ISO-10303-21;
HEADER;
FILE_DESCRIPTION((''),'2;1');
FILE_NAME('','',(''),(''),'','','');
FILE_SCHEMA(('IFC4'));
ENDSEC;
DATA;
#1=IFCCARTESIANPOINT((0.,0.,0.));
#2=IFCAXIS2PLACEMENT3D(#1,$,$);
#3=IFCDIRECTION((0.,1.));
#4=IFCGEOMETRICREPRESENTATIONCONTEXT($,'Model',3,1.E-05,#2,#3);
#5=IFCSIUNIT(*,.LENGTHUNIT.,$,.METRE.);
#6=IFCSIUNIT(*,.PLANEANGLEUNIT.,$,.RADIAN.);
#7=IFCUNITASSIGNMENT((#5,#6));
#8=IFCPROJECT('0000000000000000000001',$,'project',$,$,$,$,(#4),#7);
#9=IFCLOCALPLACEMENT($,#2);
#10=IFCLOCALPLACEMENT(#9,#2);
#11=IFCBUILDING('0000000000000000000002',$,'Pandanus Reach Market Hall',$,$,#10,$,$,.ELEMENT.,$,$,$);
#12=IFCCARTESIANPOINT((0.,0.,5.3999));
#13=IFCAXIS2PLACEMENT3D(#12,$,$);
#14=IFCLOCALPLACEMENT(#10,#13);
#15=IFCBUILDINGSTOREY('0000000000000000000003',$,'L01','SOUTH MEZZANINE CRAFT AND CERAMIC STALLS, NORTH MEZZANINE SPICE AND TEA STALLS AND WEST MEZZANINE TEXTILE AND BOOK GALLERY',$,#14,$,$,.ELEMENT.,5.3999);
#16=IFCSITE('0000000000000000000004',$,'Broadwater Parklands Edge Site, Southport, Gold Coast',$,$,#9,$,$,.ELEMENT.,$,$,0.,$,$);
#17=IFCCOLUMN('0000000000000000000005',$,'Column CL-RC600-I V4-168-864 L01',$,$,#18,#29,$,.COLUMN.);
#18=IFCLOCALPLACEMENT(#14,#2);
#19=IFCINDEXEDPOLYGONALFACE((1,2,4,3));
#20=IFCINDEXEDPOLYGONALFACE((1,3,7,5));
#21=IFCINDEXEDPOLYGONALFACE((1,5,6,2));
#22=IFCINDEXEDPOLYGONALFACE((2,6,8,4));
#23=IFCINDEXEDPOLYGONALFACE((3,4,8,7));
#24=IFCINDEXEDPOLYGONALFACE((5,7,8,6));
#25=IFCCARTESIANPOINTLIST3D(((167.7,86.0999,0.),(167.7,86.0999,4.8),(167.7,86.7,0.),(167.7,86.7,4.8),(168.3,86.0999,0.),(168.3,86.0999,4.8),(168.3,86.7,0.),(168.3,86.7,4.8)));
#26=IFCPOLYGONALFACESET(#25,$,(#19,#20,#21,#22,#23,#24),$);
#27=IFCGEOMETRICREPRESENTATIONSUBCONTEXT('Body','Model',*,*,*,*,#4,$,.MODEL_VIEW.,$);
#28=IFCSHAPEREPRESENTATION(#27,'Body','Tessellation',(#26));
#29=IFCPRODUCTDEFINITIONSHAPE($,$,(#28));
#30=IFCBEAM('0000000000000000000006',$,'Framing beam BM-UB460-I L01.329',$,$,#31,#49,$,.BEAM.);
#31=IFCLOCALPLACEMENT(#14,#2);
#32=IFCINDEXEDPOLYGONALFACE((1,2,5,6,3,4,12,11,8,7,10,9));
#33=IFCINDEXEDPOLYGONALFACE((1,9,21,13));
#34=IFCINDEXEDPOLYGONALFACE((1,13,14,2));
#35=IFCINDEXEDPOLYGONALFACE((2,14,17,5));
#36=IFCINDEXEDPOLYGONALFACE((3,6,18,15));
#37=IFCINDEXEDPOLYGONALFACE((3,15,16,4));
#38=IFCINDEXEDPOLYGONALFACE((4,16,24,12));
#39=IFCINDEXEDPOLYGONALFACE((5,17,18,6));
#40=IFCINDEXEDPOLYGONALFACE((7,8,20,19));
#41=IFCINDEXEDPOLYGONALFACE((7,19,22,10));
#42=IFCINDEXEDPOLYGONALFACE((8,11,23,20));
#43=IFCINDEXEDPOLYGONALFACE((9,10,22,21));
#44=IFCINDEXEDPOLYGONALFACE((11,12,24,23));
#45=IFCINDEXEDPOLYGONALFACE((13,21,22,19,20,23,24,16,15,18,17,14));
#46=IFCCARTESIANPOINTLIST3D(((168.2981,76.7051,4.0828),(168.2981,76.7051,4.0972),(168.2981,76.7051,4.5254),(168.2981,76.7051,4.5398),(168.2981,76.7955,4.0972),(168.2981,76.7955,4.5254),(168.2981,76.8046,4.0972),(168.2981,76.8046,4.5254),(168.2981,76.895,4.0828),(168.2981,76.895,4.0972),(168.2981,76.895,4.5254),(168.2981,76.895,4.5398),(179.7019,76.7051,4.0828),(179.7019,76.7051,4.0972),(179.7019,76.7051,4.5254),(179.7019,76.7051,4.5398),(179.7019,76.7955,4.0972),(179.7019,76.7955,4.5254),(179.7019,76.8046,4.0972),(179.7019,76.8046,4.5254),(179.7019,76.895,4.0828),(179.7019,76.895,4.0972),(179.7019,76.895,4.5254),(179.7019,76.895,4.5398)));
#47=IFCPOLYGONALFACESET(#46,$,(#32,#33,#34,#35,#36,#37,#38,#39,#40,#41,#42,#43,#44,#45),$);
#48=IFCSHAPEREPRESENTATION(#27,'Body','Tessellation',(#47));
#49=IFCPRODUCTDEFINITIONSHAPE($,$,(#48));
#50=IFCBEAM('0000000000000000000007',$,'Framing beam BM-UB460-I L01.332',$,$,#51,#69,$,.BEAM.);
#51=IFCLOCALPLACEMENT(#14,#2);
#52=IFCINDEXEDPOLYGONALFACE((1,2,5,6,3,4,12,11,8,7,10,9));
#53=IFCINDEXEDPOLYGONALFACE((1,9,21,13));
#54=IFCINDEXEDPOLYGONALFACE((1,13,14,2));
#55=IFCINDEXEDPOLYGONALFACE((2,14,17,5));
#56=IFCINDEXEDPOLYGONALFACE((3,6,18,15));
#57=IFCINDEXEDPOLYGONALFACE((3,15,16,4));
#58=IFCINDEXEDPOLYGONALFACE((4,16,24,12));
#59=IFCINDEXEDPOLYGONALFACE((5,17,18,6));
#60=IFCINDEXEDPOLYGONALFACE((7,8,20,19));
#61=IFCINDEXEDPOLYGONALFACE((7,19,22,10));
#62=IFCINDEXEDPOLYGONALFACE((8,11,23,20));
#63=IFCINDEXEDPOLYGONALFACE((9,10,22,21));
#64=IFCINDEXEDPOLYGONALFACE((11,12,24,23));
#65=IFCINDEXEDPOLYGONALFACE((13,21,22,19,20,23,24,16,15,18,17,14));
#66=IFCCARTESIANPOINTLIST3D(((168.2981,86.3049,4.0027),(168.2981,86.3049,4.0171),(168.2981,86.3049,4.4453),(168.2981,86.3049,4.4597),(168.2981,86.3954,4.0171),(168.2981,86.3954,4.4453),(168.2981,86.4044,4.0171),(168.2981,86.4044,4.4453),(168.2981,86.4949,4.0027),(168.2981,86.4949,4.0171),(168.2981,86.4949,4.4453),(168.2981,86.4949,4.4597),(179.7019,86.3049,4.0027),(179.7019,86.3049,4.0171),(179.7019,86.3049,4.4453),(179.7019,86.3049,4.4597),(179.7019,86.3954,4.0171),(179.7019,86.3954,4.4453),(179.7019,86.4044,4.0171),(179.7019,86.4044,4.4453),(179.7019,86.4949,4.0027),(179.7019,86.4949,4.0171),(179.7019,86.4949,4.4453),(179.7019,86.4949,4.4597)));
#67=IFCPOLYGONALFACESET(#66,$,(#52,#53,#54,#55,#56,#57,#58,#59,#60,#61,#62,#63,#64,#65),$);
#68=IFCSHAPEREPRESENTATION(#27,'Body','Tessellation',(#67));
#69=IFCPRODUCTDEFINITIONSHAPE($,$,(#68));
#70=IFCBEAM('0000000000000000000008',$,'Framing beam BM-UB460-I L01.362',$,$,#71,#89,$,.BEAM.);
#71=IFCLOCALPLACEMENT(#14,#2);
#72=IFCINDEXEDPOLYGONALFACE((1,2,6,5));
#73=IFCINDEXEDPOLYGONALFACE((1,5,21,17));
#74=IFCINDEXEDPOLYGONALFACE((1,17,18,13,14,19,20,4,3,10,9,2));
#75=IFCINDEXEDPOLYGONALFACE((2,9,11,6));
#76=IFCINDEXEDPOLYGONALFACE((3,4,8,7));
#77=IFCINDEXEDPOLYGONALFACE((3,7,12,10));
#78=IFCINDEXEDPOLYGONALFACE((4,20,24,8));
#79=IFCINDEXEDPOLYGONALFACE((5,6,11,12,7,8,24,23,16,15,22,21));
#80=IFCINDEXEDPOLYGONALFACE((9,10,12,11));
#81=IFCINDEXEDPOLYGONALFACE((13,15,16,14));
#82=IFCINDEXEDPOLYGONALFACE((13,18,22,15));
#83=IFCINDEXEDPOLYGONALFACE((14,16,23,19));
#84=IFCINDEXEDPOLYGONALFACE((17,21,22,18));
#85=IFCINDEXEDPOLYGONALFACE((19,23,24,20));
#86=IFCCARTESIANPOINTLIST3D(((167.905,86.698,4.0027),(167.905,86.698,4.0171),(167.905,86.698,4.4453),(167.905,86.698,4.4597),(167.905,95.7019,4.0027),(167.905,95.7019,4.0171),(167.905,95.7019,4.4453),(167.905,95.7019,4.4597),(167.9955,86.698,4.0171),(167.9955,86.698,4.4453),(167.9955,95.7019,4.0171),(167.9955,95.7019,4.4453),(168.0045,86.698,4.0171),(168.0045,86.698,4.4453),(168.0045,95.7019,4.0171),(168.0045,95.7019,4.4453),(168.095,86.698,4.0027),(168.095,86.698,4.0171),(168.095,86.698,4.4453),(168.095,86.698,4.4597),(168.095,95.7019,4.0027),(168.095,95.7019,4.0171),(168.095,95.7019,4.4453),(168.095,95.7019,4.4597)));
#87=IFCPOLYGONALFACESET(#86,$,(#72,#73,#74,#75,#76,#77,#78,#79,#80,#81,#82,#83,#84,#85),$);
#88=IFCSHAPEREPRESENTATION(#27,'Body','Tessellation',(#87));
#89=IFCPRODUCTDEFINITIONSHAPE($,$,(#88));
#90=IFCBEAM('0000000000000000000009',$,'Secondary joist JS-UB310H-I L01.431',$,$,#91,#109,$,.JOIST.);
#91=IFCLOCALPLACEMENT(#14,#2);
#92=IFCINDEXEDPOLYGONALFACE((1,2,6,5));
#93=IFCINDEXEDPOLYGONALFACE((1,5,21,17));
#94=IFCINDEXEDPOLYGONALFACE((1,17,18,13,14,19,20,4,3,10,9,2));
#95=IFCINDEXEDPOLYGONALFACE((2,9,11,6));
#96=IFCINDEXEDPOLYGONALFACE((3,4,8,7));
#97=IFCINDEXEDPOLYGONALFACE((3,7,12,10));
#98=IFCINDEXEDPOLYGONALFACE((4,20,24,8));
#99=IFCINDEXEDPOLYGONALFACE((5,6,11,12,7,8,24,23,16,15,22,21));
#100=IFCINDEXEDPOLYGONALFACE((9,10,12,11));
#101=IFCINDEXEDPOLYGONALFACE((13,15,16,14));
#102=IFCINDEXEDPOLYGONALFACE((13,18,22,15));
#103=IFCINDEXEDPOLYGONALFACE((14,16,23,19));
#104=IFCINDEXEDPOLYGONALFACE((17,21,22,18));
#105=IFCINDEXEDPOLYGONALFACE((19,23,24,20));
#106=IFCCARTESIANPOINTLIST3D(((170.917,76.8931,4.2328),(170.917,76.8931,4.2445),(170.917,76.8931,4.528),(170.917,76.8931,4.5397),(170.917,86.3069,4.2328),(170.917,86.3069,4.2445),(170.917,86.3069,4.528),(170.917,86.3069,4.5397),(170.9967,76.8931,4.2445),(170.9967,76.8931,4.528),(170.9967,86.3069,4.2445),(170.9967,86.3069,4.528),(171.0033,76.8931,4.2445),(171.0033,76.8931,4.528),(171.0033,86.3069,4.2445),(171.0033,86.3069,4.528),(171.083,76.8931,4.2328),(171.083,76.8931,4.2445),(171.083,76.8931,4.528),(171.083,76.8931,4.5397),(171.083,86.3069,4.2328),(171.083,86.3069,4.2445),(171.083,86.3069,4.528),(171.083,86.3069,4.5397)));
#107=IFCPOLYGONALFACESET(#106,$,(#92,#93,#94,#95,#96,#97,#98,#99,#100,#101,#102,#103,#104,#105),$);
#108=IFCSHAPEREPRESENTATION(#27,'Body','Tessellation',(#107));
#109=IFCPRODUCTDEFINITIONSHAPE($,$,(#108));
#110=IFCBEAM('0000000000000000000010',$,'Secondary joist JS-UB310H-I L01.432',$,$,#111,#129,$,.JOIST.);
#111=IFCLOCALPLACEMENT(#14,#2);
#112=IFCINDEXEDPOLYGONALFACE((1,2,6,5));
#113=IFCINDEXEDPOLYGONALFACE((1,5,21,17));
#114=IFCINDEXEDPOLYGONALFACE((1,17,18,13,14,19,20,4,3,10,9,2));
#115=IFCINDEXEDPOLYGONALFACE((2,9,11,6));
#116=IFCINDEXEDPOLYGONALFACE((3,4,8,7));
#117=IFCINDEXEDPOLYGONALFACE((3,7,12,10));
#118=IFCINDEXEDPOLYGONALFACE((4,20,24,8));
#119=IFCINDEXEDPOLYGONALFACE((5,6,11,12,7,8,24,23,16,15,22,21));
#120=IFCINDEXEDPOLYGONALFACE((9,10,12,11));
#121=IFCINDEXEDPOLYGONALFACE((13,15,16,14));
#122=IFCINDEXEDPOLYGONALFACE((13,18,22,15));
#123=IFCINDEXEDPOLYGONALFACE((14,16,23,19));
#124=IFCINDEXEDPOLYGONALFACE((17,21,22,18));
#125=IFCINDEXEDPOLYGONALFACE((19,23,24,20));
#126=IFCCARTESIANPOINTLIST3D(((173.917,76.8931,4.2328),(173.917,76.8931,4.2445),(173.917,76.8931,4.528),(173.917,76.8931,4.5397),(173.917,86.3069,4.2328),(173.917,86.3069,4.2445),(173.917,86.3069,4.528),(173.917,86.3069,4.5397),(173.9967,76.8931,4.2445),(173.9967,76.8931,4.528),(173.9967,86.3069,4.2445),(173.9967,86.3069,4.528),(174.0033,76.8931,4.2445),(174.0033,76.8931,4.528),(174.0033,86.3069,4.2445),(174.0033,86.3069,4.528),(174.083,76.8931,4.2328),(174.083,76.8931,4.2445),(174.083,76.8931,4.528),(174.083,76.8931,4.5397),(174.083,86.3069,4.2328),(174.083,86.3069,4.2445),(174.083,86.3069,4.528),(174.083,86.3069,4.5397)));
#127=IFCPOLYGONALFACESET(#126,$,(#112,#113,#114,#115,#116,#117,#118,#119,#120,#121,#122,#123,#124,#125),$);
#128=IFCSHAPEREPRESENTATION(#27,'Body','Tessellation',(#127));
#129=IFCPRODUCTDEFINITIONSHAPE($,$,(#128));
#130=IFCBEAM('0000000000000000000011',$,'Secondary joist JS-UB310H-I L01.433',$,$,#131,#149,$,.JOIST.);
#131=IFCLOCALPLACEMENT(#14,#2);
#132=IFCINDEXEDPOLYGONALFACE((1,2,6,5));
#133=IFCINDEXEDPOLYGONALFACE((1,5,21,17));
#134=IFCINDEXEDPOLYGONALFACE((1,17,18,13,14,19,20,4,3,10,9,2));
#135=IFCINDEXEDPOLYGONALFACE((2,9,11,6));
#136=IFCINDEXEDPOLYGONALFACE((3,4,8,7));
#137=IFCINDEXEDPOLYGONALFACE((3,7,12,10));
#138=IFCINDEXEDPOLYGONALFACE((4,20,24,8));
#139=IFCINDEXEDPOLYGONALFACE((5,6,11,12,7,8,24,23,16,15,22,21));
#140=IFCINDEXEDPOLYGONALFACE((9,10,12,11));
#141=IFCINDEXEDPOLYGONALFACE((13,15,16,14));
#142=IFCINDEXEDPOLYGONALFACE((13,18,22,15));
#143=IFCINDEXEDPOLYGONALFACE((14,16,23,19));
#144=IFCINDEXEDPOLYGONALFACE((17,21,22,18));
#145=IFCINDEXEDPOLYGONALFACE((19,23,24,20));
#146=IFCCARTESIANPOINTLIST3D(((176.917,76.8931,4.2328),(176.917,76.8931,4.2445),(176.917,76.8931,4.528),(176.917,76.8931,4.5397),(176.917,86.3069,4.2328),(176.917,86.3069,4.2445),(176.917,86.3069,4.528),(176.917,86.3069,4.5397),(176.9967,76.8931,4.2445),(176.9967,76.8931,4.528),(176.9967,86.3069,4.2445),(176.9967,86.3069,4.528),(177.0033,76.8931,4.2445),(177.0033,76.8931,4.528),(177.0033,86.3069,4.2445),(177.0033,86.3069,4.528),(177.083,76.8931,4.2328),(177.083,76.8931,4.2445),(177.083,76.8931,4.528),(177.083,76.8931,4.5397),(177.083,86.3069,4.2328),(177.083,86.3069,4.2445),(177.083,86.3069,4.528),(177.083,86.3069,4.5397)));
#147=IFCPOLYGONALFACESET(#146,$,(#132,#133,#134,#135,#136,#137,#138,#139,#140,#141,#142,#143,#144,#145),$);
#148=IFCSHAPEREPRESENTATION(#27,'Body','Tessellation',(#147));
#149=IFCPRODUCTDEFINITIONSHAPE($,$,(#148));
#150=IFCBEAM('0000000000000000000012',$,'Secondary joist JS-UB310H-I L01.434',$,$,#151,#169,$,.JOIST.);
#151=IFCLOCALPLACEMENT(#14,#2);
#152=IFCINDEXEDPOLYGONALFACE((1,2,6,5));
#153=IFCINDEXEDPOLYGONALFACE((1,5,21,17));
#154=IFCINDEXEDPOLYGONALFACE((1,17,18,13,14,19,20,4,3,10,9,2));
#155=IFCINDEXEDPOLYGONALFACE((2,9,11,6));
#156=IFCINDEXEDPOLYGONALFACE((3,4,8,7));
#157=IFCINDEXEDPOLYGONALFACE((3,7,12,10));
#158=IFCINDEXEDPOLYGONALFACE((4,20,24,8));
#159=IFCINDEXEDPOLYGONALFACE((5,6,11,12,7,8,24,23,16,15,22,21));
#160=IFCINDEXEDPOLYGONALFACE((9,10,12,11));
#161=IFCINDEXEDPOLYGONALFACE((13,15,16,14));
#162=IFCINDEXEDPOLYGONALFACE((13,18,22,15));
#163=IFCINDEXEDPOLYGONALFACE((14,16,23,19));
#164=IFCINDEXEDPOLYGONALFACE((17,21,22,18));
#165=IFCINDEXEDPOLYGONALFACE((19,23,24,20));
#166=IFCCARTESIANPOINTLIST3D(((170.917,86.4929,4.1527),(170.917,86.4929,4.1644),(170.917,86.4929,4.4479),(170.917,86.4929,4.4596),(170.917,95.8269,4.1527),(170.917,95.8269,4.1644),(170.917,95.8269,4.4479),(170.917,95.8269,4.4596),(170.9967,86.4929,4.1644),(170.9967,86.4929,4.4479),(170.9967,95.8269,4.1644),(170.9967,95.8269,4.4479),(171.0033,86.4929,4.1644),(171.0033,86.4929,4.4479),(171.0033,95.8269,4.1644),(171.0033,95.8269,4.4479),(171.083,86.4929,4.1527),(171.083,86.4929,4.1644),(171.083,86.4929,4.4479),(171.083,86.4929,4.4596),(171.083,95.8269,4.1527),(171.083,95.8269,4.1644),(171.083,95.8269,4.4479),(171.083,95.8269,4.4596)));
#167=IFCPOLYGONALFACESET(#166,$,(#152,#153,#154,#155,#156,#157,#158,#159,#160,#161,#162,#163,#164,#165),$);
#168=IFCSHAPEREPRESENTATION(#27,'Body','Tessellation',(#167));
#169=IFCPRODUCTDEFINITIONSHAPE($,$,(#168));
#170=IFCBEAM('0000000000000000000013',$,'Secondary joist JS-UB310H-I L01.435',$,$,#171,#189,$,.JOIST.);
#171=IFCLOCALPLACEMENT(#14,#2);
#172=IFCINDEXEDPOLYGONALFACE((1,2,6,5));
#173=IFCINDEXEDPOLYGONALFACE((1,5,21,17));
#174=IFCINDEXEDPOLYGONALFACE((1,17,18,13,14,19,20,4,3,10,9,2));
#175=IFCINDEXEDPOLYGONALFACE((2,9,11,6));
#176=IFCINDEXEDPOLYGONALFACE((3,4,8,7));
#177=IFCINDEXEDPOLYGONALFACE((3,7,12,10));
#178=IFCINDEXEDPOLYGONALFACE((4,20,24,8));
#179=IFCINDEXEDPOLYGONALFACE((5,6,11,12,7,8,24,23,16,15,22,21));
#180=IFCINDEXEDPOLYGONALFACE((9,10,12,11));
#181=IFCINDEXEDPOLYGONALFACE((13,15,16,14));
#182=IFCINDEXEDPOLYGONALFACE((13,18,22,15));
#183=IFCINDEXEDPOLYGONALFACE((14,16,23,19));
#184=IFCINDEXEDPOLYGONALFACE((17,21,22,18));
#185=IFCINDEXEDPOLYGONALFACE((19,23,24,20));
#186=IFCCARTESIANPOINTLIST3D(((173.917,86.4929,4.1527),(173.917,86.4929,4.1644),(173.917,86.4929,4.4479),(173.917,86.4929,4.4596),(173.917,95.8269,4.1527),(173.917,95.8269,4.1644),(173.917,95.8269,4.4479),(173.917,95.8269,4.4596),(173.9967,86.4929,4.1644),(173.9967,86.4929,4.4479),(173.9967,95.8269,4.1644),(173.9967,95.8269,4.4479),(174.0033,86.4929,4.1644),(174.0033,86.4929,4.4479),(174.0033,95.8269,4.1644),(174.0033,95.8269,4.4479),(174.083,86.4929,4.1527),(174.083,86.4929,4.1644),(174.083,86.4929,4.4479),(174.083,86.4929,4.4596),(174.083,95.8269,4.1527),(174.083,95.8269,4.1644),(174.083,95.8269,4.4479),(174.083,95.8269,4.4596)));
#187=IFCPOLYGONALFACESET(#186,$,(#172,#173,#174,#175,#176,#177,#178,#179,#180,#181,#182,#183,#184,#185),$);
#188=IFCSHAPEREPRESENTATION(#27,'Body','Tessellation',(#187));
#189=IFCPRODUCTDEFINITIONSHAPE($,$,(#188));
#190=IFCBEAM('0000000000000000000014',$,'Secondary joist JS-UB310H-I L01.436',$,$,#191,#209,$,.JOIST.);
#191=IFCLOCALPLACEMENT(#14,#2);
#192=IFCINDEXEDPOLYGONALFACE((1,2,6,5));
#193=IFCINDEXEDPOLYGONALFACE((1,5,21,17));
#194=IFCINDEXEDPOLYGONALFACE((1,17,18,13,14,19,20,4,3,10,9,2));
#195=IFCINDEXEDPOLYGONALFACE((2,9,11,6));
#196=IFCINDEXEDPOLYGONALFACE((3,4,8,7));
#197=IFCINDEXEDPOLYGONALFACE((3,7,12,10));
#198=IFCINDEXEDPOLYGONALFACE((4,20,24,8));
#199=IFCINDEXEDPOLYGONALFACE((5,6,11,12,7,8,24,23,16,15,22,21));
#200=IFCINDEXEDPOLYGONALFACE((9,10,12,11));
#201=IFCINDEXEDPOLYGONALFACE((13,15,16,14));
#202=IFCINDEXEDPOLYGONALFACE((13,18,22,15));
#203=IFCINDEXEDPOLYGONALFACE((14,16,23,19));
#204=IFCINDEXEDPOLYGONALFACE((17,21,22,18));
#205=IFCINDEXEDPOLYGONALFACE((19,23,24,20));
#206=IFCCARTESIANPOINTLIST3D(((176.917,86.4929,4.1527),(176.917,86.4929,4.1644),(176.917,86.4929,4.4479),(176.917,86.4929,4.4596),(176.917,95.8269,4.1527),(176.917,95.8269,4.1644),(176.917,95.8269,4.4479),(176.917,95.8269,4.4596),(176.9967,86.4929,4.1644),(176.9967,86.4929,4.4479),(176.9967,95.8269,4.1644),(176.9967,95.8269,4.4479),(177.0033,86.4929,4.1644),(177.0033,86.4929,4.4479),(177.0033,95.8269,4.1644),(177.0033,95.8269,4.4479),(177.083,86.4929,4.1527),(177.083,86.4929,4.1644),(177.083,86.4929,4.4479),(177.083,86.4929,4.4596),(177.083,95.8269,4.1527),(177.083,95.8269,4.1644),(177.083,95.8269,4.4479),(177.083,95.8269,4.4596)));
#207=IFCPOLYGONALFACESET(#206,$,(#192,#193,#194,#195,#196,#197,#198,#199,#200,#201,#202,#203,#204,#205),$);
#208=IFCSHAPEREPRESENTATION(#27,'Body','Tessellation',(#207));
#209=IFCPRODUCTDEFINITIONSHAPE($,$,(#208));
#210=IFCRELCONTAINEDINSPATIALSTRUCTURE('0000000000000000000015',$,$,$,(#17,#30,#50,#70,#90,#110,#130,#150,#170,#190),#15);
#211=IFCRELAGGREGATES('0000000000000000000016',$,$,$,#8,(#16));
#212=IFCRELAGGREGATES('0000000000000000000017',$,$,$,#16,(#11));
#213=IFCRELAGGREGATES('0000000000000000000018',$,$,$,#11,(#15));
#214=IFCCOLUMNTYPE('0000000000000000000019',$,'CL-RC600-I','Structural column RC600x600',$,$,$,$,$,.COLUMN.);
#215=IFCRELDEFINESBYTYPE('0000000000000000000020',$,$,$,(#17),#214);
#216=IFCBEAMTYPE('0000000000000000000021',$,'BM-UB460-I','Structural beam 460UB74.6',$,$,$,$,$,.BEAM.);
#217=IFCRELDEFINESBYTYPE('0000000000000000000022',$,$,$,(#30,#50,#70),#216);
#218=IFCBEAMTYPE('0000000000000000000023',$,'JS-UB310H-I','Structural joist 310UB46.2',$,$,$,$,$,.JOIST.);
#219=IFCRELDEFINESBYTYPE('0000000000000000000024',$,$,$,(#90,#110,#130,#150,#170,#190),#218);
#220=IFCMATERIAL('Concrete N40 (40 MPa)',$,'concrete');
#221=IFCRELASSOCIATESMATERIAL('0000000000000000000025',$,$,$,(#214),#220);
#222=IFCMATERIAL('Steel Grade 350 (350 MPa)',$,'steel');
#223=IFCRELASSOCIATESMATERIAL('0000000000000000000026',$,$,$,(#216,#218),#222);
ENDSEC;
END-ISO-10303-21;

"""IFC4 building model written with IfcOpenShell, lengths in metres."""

from ifc_helpers import new_model, si_unit, direction, frame, origin, origin_2d, place, context, subcontext, project, spatial, rectangle, i_section, extrude, material, material_profile, profile_set, type_object, element, save


model = new_model("IFC4")

# Units and contexts
model_context = context("Model", 3, precision=1e-05, world=origin(), true_north=direction((0.0, 1.0)))
body_context = subcontext(model_context, "Body", "Model", "MODEL_VIEW")
ifc_project = project(units=[si_unit("LENGTHUNIT", "METRE"), si_unit("PLANEANGLEUNIT", "RADIAN")], contexts=[model_context])

# Site, building, storey
site_placement = place(None, origin())
site = spatial("IfcSite", under=ifc_project, at=site_placement, Name="Broadwater Parklands Edge Site, Southport, Gold Coast", CompositionType="ELEMENT", RefElevation=0.0)
building_placement = place(site_placement, origin())
building = spatial("IfcBuilding", under=site, at=building_placement, Name="Pandanus Reach Market Hall", CompositionType="ELEMENT")
storey_placement = place(building_placement, frame((0.0, 0.0, 5.3999)))
storey = spatial("IfcBuildingStorey", under=building, at=storey_placement, Name="L01", Description="SOUTH MEZZANINE CRAFT AND CERAMIC STALLS, NORTH MEZZANINE SPICE AND TEA STALLS AND WEST MEZZANINE TEXTILE AND BOOK GALLERY", CompositionType="ELEMENT", Elevation=5.3999)

# Column
ifc_material_1 = material(Name="Concrete N40 (40 MPa)", Category="concrete")
ifc_material_profile_1 = material_profile(ifc_material_1, rectangle(XDim=0.6001, YDim=0.6001, at=origin_2d()), Name="RC600x600", Category="LoadBearing")
ifc_profile_set_1 = profile_set([ifc_material_profile_1], Name="Concrete N40 (40 MPa)")
column_type = type_object("IfcColumnType", Name="CL-RC600-I", Description="Structural column RC600x600", PredefinedType="COLUMN", material=ifc_profile_set_1)
column_placement = place(storey_placement, frame((168.0, 86.3999, 0.0), z_axis=(0.0, 0.0, 1.0), x_axis=(1.0, 0.0, 0.0)))
element("IfcColumn", 1, at=column_placement, inside=storey, type_object=column_type, Name="Column CL-RC600-I V4-168-864 L01", PredefinedType="COLUMN", context=body_context, shape_type="SweptSolid", body=[
    extrude(rectangle(XDim=0.6001, YDim=0.6001, at=origin_2d()), origin(), (0.0, 0.0, 1.0), 4.8),
])

# Beams
ifc_material_2 = material(Name="Steel Grade 350 (350 MPa)", Category="steel")
ifc_material_profile_2 = material_profile(ifc_material_2, i_section(OverallWidth=0.1899, OverallDepth=0.457, WebThickness=0.009, FlangeThickness=0.0144, at=origin_2d()), Name="460UB74.6", Category="LoadBearing")
ifc_profile_set_2 = profile_set([ifc_material_profile_2], Name="Steel Grade 350 (350 MPa)")
beam_type_1 = type_object("IfcBeamType", Name="BM-UB460-I", Description="Structural beam 460UB74.6", PredefinedType="BEAM", material=ifc_profile_set_2)
for number, where, z_axis, x_axis, name in (
    (2, (168.2981, 76.8, 4.3113), (1.0, 0.0, 0.0), (0.0, 1.0, 0.0), "Framing beam BM-UB460-I L01.329"),
    (3, (168.2981, 86.3999, 4.2312), (1.0, 0.0, 0.0), (0.0, 1.0, 0.0), "Framing beam BM-UB460-I L01.332"),
):
    element("IfcBeam", number, at=place(storey_placement, frame(where, z_axis=z_axis, x_axis=x_axis)), inside=storey, type_object=beam_type_1, Name=name, PredefinedType="BEAM", context=body_context, shape_type="SweptSolid", body=[
        extrude(i_section(OverallWidth=0.1899, OverallDepth=0.457, WebThickness=0.009, FlangeThickness=0.0144, at=origin_2d()), origin(), (0.0, 0.0, 1.0), 11.4038),
    ])
beam_placement = place(storey_placement, frame((168.0, 86.698, 4.2312), z_axis=(0.0, 1.0, 0.0), x_axis=(-1.0, 0.0, 0.0)))
element("IfcBeam", 4, at=beam_placement, inside=storey, type_object=beam_type_1, Name="Framing beam BM-UB460-I L01.362", PredefinedType="BEAM", context=body_context, shape_type="SweptSolid", body=[
    extrude(i_section(OverallWidth=0.1899, OverallDepth=0.457, WebThickness=0.009, FlangeThickness=0.0144, at=origin_2d()), origin(), (0.0, 0.0, 1.0), 9.0039),
])
ifc_material_profile_3 = material_profile(ifc_material_2, i_section(OverallWidth=0.166, OverallDepth=0.3069, WebThickness=0.0066, FlangeThickness=0.0117, at=origin_2d()), Name="310UB46.2", Category="LoadBearing")
ifc_profile_set_3 = profile_set([ifc_material_profile_3], Name="Steel Grade 350 (350 MPa)")
beam_type_2 = type_object("IfcBeamType", Name="JS-UB310H-I", Description="Structural joist 310UB46.2", PredefinedType="JOIST", material=ifc_profile_set_3)
for number, where, z_axis, x_axis, name in (
    (5, (171.0, 76.8931, 4.3862), (0.0, 1.0, 0.0), (-1.0, 0.0, 0.0), "Secondary joist JS-UB310H-I L01.431"),
    (6, (174.0, 76.8931, 4.3862), (0.0, 1.0, 0.0), (-1.0, 0.0, 0.0), "Secondary joist JS-UB310H-I L01.432"),
    (7, (177.0, 76.8931, 4.3862), (0.0, 1.0, 0.0), (-1.0, 0.0, 0.0), "Secondary joist JS-UB310H-I L01.433"),
):
    element("IfcBeam", number, at=place(storey_placement, frame(where, z_axis=z_axis, x_axis=x_axis)), inside=storey, type_object=beam_type_2, Name=name, PredefinedType="JOIST", context=body_context, shape_type="SweptSolid", body=[
        extrude(i_section(OverallWidth=0.166, OverallDepth=0.3069, WebThickness=0.0066, FlangeThickness=0.0117, at=origin_2d()), origin(), (0.0, 0.0, 1.0), 9.4138),
    ])
for number, where, z_axis, x_axis, name in (
    (8, (171.0, 86.4929, 4.3062), (0.0, 1.0, 0.0), (-1.0, 0.0, 0.0), "Secondary joist JS-UB310H-I L01.434"),
    (9, (174.0, 86.4929, 4.3062), (0.0, 1.0, 0.0), (-1.0, 0.0, 0.0), "Secondary joist JS-UB310H-I L01.435"),
    (10, (177.0, 86.4929, 4.3062), (0.0, 1.0, 0.0), (-1.0, 0.0, 0.0), "Secondary joist JS-UB310H-I L01.436"),
):
    element("IfcBeam", number, at=place(storey_placement, frame(where, z_axis=z_axis, x_axis=x_axis)), inside=storey, type_object=beam_type_2, Name=name, PredefinedType="JOIST", context=body_context, shape_type="SweptSolid", body=[
        extrude(i_section(OverallWidth=0.166, OverallDepth=0.3069, WebThickness=0.0066, FlangeThickness=0.0117, at=origin_2d()), origin(), (0.0, 0.0, 1.0), 9.334),
    ])

save(model, "model.ifc")
